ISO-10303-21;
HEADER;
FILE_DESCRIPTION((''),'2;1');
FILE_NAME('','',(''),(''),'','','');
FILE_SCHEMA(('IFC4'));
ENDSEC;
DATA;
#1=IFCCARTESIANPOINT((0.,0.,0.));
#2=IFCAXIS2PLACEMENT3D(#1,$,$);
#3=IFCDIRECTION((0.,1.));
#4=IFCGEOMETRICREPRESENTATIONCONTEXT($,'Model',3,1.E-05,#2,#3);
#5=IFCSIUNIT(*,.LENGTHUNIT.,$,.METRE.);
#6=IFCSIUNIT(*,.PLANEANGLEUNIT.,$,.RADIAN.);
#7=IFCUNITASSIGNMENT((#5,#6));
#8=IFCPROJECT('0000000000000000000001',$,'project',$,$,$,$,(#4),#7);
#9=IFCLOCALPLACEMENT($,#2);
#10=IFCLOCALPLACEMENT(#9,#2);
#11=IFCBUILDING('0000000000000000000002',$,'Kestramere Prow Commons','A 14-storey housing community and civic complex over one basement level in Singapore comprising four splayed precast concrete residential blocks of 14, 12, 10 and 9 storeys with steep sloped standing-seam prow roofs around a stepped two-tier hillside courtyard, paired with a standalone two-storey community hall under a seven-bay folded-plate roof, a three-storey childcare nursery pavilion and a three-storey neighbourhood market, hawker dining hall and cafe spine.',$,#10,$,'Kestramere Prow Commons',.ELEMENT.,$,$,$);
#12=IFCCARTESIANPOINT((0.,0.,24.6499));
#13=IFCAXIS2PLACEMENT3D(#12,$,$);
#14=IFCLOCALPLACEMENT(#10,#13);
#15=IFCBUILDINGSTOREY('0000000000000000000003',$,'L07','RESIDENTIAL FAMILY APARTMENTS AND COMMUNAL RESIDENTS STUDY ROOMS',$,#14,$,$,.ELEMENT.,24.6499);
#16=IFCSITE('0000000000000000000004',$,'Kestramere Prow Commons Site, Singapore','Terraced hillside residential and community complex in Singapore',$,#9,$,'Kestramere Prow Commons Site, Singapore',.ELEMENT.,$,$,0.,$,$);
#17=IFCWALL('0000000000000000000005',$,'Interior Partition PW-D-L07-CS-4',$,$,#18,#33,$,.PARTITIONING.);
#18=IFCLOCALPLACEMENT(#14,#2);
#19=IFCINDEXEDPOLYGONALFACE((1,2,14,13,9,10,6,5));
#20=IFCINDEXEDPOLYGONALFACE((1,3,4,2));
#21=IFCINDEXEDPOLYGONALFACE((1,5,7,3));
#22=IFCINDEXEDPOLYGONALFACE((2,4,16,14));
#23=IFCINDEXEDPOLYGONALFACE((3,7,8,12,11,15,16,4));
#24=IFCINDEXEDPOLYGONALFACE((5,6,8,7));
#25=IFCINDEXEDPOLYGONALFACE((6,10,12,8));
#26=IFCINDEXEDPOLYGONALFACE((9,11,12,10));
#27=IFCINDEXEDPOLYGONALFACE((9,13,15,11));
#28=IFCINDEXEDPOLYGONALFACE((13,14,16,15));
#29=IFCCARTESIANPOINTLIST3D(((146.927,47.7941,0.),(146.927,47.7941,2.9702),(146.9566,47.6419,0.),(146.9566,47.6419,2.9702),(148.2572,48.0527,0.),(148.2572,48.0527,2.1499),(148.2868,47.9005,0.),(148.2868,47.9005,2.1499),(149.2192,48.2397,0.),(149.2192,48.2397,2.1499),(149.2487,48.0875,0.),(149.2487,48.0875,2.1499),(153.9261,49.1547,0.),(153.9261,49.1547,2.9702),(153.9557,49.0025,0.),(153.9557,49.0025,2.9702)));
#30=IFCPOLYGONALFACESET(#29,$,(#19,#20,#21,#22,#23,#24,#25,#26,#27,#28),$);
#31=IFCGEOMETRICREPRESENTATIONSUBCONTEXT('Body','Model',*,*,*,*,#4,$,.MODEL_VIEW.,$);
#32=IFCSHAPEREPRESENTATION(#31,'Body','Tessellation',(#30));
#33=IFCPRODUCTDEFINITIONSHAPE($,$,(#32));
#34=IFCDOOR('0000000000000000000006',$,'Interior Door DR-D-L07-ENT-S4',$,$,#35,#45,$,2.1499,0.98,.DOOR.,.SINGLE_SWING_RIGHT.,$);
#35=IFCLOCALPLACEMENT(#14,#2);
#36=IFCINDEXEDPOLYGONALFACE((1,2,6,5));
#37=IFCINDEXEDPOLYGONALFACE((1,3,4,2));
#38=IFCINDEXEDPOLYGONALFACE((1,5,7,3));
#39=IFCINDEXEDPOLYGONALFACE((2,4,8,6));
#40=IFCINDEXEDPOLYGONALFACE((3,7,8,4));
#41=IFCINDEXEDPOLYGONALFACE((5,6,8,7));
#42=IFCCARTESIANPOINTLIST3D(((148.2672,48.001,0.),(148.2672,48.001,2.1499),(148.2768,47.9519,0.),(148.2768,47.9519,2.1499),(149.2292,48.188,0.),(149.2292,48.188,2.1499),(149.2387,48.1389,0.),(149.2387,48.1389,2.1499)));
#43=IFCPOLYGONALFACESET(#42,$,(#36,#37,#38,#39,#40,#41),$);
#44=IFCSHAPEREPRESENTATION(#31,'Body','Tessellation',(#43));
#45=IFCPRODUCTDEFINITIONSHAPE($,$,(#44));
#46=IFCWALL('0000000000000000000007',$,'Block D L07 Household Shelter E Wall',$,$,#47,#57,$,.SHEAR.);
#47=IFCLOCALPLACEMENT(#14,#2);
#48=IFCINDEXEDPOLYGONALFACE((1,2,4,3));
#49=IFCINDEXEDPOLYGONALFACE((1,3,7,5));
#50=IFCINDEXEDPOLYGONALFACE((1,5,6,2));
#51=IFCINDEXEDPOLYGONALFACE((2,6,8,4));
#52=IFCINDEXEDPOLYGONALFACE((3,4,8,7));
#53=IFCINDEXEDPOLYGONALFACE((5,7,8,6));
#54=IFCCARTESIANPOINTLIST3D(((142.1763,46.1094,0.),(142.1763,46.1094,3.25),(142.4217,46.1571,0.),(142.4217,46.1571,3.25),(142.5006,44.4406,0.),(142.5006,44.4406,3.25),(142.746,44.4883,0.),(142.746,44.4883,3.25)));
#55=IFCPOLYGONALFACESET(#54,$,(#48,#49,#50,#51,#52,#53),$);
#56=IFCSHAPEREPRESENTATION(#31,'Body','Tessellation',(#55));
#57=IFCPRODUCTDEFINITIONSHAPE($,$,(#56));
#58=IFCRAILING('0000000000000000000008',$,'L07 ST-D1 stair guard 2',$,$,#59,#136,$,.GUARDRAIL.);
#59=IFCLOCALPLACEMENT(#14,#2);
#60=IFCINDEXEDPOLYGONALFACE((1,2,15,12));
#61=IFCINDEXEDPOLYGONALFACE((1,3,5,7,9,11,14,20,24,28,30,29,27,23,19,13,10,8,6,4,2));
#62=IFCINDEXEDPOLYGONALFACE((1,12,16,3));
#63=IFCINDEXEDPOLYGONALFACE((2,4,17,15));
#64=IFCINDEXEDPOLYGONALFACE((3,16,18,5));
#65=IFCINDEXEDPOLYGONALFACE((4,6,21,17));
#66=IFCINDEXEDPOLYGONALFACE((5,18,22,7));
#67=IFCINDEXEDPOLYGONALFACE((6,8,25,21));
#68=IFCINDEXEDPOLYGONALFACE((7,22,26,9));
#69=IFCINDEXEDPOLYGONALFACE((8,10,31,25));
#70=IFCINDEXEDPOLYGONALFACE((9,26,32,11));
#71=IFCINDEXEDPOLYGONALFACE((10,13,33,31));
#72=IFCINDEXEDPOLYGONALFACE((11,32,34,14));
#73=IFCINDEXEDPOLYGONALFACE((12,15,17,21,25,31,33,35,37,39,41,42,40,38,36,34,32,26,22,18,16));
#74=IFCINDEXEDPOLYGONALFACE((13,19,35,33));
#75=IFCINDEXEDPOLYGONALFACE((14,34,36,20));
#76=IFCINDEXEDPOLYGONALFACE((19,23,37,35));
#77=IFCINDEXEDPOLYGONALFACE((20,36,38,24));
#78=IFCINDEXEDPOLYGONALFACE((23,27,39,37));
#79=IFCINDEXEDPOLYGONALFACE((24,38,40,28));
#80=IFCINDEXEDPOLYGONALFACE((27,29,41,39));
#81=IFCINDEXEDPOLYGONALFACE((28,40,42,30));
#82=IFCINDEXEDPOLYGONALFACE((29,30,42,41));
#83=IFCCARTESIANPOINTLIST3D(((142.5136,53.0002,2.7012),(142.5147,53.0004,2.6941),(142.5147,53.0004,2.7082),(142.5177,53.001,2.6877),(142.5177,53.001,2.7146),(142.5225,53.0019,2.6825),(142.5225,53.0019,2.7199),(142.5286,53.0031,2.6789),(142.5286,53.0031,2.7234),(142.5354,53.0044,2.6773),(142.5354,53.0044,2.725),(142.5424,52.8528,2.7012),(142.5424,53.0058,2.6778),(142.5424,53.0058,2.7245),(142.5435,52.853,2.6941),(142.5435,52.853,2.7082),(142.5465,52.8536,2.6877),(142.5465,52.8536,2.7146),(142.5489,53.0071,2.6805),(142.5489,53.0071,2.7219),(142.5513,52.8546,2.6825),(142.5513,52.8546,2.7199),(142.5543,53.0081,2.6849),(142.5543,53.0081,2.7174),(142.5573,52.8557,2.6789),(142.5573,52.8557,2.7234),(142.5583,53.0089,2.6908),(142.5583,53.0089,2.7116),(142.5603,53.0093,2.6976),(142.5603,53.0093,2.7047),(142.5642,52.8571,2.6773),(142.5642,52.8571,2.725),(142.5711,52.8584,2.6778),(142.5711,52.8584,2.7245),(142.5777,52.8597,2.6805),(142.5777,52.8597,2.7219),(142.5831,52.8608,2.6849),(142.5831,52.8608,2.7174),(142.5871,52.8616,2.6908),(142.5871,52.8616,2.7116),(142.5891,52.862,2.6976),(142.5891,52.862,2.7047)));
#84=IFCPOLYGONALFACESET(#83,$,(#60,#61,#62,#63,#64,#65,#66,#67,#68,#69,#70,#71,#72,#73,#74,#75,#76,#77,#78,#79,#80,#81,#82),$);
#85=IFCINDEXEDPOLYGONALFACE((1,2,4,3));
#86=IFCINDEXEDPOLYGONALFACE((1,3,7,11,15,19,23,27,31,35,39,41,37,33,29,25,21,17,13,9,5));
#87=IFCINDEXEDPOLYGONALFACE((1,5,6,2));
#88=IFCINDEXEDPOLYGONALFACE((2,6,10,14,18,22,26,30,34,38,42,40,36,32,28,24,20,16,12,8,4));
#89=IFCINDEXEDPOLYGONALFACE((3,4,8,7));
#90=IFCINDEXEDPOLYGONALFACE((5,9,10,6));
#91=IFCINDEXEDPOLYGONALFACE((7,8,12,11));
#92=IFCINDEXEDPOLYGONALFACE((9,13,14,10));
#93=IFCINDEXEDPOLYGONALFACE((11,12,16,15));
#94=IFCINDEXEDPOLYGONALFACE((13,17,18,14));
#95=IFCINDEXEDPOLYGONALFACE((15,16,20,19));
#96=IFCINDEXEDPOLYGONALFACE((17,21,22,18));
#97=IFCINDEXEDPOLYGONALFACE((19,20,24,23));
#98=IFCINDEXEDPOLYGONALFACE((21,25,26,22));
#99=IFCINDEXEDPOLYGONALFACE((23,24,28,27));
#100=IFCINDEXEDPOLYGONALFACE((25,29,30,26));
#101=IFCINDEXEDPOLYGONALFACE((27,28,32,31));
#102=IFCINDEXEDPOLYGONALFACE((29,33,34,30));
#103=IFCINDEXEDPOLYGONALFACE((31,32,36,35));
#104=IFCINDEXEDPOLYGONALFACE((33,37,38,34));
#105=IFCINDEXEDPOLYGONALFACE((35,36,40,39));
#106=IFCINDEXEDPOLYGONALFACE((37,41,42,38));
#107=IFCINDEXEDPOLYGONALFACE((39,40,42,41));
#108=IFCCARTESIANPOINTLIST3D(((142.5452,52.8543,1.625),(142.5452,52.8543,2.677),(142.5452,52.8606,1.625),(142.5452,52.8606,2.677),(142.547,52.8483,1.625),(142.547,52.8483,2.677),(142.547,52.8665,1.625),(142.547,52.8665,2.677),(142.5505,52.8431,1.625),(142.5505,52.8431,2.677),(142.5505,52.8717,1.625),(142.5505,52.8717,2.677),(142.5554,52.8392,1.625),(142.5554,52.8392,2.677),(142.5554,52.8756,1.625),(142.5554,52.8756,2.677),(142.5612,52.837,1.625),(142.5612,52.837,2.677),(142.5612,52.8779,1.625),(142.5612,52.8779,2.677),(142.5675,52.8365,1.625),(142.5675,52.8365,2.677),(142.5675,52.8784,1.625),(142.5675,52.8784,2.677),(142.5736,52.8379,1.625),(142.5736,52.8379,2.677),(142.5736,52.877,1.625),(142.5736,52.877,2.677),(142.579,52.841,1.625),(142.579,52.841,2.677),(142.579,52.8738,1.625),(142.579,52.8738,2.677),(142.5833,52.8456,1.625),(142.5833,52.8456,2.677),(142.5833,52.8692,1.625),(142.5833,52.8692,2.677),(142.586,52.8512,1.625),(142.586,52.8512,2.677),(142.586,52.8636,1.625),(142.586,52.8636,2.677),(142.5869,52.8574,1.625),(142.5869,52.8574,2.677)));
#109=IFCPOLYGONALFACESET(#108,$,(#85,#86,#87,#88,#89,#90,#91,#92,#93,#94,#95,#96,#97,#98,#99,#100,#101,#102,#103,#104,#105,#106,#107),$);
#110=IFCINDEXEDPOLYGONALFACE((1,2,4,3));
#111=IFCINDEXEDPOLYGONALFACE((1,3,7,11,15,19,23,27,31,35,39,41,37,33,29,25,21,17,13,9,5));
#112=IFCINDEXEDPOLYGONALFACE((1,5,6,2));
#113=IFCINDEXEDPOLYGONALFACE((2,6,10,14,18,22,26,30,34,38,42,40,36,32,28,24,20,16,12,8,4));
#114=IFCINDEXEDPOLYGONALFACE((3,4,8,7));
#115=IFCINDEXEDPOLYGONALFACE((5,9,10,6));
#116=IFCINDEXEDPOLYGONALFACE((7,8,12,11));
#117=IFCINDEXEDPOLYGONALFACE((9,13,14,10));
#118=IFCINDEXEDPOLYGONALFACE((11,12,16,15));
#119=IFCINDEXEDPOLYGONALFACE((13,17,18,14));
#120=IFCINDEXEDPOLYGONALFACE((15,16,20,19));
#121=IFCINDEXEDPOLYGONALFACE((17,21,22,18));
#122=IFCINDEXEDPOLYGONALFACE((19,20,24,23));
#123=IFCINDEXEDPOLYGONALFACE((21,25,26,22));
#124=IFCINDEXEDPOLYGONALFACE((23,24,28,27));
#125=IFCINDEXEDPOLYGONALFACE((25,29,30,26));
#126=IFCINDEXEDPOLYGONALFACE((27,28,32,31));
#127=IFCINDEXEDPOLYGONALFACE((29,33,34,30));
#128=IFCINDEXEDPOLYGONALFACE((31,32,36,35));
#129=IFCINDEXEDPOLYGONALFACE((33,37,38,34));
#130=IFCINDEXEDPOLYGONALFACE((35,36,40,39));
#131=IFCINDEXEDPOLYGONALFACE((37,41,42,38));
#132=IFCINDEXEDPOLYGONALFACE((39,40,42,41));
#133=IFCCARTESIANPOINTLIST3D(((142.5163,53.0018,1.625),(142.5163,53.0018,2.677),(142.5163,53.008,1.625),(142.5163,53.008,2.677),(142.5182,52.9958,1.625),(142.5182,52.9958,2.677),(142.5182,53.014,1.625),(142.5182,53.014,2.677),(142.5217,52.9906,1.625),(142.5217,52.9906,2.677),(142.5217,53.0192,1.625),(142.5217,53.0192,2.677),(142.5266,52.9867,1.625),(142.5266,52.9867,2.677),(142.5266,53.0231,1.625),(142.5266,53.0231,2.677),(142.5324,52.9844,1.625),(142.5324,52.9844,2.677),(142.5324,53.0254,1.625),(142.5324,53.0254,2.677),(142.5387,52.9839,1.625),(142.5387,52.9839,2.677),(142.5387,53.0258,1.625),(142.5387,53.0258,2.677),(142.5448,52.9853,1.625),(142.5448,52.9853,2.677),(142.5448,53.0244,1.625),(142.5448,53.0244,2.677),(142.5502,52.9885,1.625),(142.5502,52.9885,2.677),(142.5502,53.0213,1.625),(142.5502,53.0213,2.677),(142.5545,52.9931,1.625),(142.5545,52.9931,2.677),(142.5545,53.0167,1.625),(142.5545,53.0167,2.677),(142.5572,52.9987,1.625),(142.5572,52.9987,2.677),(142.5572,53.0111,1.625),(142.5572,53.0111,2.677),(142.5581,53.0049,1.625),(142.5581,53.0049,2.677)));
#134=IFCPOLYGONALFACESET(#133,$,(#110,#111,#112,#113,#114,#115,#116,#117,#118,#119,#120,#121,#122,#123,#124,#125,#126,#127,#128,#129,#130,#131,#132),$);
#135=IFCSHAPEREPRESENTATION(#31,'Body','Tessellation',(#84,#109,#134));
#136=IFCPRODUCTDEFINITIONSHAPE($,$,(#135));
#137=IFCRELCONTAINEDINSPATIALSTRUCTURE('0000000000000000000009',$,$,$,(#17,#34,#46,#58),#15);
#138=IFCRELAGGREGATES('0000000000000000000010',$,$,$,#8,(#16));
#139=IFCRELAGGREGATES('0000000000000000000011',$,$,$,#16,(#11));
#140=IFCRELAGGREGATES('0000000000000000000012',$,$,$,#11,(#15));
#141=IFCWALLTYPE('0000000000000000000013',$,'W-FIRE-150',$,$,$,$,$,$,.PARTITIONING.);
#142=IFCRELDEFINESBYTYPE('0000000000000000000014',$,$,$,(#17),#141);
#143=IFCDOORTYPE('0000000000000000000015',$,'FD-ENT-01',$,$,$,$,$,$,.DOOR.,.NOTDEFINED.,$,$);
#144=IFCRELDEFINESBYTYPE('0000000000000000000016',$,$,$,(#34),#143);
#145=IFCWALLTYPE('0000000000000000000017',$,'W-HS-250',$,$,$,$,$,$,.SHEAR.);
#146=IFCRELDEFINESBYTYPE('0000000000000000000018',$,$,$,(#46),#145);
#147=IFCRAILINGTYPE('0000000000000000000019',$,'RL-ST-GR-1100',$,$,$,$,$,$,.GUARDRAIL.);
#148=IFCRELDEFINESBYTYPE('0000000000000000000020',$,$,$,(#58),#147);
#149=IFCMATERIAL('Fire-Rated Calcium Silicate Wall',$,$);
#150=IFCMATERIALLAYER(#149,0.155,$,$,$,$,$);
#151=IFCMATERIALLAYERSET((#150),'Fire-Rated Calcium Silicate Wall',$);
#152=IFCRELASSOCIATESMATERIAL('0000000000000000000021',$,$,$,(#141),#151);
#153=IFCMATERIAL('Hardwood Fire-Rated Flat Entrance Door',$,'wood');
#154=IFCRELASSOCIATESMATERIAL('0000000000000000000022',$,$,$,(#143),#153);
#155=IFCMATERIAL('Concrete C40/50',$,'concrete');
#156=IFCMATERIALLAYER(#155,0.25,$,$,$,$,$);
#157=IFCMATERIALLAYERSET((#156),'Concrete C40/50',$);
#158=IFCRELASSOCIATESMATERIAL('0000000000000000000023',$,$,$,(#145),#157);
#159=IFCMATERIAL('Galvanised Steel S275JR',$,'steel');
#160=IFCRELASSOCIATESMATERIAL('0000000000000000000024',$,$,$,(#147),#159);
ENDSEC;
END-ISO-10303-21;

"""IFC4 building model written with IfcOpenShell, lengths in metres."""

from ifc_helpers import new_model, si_unit, direction, frame, frame_2d, origin, origin_2d, place, context, subcontext, project, spatial, rectangle, circle, extrude, material, layer, layer_set, type_object, element, fill, save


model = new_model("IFC4")

# Units and contexts
model_context = context("Model", 3, precision=1e-05, world=origin(), true_north=direction((0.0, 1.0)))
body_context = subcontext(model_context, "Body", "Model", "MODEL_VIEW")
ifc_project = project(units=[si_unit("LENGTHUNIT", "METRE"), si_unit("PLANEANGLEUNIT", "RADIAN")], contexts=[model_context])

# Site, building, storey
site_placement = place(None, origin())
site = spatial("IfcSite", under=ifc_project, at=site_placement, Name="Kestramere Prow Commons Site, Singapore", Description="Terraced hillside residential and community complex in Singapore", LongName="Kestramere Prow Commons Site, Singapore", CompositionType="ELEMENT", RefElevation=0.0)
building_placement = place(site_placement, origin())
building = spatial("IfcBuilding", under=site, at=building_placement, Name="Kestramere Prow Commons", Description="A 14-storey housing community and civic complex over one basement level in Singapore comprising four splayed precast concrete residential blocks of 14, 12, 10 and 9 storeys with steep sloped standing-seam prow roofs around a stepped two-tier hillside courtyard, paired with a standalone two-storey community hall under a seven-bay folded-plate roof, a three-storey childcare nursery pavilion and a three-storey neighbourhood market, hawker dining hall and cafe spine.", LongName="Kestramere Prow Commons", CompositionType="ELEMENT")
storey_placement = place(building_placement, frame((0.0, 0.0, 24.6499)))
storey = spatial("IfcBuildingStorey", under=building, at=storey_placement, Name="L07", Description="RESIDENTIAL FAMILY APARTMENTS AND COMMUNAL RESIDENTS STUDY ROOMS", CompositionType="ELEMENT", Elevation=24.6499)

# Shared definitions
ifc_material_1 = material(Name="Concrete C40/50", Category="concrete")

# Shared definitions
ifc_material_2 = material(Name="Fire-Rated Calcium Silicate Wall")
ifc_layer_1 = layer(ifc_material_2, 0.155)
ifc_layer_set_1 = layer_set([ifc_layer_1], Name="Fire-Rated Calcium Silicate Wall")
wall_type_1 = type_object("IfcWallType", Name="W-FIRE-150", PredefinedType="PARTITIONING", material=ifc_layer_set_1)

# Wall, opening, door
ifc_material_3 = material(Name="Hardwood Fire-Rated Flat Entrance Door", Category="wood")
wall_1_placement = place(storey_placement, frame((146.9419, 47.718, 0.0), z_axis=(0.0, 0.0, 1.0), x_axis=(0.981624, 0.190826, 0.0)))
wall_1 = element("IfcWall", 1, at=wall_1_placement, inside=storey, type_object=wall_type_1, Name="Interior Partition PW-D-L07-CS-4", PredefinedType="PARTITIONING", context=body_context, shape_type="SweptSolid", body=[
    extrude(rectangle(XDim=7.1301, YDim=0.155, at=frame_2d((3.5649, 0.0))), origin(), (0.0, 0.0, 1.0), 2.9702),
])
opening_1_placement = place(wall_1_placement, frame((1.355, 0.0, 0.0)))
opening_1 = element("IfcOpeningElement", 2, at=opening_1_placement, cuts=wall_1, PredefinedType="OPENING", context=body_context, shape_type="SweptSolid", body=[
    extrude(rectangle(XDim=0.98, YDim=2.1499, at=frame_2d((0.49, 1.075))), frame((0.0, 0.0925, 0.0), z_axis=(0.0, -1.0, 0.0), x_axis=(1.0, 0.0, 0.0)), (0.0, 0.0, 1.0), 0.1851),
])
door_type_1 = type_object("IfcDoorType", Name="FD-ENT-01", OperationType="NOTDEFINED", PredefinedType="DOOR", material=ifc_material_3)
door_1_placement = place(opening_1_placement, origin())
door_1 = element("IfcDoor", 3, at=door_1_placement, inside=storey, type_object=door_type_1, Name="Interior Door DR-D-L07-ENT-S4", OperationType="SINGLE_SWING_RIGHT", OverallHeight=2.1499, OverallWidth=0.98, PredefinedType="DOOR", context=body_context, shape_type="SweptSolid", body=[
    extrude(rectangle(XDim=0.98, YDim=2.1499, at=frame_2d((0.49, 1.075))), frame((0.0, 0.0249, 0.0), z_axis=(0.0, -1.0, 0.0), x_axis=(1.0, 0.0, 0.0)), (0.0, 0.0, 1.0), 0.05),
])
fill(opening_1, door_1)

# Wall
ifc_layer_2 = layer(ifc_material_1, 0.25)
ifc_layer_set_2 = layer_set([ifc_layer_2], Name="Concrete C40/50")
wall_type_2 = type_object("IfcWallType", Name="W-HS-250", PredefinedType="SHEAR", material=ifc_layer_set_2)
wall_2_placement = place(storey_placement, frame((142.6233, 44.4644, 0.0), z_axis=(0.0, 0.0, 1.0), x_axis=(-0.190727, 0.981643, 0.0)))
element("IfcWall", 4, at=wall_2_placement, inside=storey, type_object=wall_type_2, Name="Block D L07 Household Shelter E Wall", PredefinedType="SHEAR", context=body_context, shape_type="SweptSolid", body=[
    extrude(rectangle(XDim=1.7, YDim=0.25, at=frame_2d((0.8501, 0.0))), origin(), (0.0, 0.0, 1.0), 3.25),
])

# Railing
ifc_material_4 = material(Name="Galvanised Steel S275JR", Category="steel")
railing_type_1 = type_object("IfcRailingType", Name="RL-ST-GR-1100", PredefinedType="GUARDRAIL", material=ifc_material_4)
railing_1_placement = place(storey_placement, frame((142.5659, 52.8574, 1.625)))
element("IfcRailing", 5, at=railing_1_placement, inside=storey, type_object=railing_type_1, Name="L07 ST-D1 stair guard 2", PredefinedType="GUARDRAIL", context=body_context, shape_type="SweptSolid", body=[
    extrude(circle(Radius=0.0239, at=origin_2d()), frame((0.0, 0.0, 1.0762), z_axis=(-0.191739, 0.981446, 0.0), x_axis=(-0.981446, -0.191739, 0.0)), (0.0, 0.0, 1.0), 0.1501),
    extrude(circle(Radius=0.021, at=origin_2d()), origin(), (0.0, 0.0, 1.0), 1.052),
    extrude(circle(Radius=0.021, at=origin_2d()), frame((-0.0288, 0.1475, 0.0)), (0.0, 0.0, 1.0), 1.052),
])

save(model, "model.ifc")
